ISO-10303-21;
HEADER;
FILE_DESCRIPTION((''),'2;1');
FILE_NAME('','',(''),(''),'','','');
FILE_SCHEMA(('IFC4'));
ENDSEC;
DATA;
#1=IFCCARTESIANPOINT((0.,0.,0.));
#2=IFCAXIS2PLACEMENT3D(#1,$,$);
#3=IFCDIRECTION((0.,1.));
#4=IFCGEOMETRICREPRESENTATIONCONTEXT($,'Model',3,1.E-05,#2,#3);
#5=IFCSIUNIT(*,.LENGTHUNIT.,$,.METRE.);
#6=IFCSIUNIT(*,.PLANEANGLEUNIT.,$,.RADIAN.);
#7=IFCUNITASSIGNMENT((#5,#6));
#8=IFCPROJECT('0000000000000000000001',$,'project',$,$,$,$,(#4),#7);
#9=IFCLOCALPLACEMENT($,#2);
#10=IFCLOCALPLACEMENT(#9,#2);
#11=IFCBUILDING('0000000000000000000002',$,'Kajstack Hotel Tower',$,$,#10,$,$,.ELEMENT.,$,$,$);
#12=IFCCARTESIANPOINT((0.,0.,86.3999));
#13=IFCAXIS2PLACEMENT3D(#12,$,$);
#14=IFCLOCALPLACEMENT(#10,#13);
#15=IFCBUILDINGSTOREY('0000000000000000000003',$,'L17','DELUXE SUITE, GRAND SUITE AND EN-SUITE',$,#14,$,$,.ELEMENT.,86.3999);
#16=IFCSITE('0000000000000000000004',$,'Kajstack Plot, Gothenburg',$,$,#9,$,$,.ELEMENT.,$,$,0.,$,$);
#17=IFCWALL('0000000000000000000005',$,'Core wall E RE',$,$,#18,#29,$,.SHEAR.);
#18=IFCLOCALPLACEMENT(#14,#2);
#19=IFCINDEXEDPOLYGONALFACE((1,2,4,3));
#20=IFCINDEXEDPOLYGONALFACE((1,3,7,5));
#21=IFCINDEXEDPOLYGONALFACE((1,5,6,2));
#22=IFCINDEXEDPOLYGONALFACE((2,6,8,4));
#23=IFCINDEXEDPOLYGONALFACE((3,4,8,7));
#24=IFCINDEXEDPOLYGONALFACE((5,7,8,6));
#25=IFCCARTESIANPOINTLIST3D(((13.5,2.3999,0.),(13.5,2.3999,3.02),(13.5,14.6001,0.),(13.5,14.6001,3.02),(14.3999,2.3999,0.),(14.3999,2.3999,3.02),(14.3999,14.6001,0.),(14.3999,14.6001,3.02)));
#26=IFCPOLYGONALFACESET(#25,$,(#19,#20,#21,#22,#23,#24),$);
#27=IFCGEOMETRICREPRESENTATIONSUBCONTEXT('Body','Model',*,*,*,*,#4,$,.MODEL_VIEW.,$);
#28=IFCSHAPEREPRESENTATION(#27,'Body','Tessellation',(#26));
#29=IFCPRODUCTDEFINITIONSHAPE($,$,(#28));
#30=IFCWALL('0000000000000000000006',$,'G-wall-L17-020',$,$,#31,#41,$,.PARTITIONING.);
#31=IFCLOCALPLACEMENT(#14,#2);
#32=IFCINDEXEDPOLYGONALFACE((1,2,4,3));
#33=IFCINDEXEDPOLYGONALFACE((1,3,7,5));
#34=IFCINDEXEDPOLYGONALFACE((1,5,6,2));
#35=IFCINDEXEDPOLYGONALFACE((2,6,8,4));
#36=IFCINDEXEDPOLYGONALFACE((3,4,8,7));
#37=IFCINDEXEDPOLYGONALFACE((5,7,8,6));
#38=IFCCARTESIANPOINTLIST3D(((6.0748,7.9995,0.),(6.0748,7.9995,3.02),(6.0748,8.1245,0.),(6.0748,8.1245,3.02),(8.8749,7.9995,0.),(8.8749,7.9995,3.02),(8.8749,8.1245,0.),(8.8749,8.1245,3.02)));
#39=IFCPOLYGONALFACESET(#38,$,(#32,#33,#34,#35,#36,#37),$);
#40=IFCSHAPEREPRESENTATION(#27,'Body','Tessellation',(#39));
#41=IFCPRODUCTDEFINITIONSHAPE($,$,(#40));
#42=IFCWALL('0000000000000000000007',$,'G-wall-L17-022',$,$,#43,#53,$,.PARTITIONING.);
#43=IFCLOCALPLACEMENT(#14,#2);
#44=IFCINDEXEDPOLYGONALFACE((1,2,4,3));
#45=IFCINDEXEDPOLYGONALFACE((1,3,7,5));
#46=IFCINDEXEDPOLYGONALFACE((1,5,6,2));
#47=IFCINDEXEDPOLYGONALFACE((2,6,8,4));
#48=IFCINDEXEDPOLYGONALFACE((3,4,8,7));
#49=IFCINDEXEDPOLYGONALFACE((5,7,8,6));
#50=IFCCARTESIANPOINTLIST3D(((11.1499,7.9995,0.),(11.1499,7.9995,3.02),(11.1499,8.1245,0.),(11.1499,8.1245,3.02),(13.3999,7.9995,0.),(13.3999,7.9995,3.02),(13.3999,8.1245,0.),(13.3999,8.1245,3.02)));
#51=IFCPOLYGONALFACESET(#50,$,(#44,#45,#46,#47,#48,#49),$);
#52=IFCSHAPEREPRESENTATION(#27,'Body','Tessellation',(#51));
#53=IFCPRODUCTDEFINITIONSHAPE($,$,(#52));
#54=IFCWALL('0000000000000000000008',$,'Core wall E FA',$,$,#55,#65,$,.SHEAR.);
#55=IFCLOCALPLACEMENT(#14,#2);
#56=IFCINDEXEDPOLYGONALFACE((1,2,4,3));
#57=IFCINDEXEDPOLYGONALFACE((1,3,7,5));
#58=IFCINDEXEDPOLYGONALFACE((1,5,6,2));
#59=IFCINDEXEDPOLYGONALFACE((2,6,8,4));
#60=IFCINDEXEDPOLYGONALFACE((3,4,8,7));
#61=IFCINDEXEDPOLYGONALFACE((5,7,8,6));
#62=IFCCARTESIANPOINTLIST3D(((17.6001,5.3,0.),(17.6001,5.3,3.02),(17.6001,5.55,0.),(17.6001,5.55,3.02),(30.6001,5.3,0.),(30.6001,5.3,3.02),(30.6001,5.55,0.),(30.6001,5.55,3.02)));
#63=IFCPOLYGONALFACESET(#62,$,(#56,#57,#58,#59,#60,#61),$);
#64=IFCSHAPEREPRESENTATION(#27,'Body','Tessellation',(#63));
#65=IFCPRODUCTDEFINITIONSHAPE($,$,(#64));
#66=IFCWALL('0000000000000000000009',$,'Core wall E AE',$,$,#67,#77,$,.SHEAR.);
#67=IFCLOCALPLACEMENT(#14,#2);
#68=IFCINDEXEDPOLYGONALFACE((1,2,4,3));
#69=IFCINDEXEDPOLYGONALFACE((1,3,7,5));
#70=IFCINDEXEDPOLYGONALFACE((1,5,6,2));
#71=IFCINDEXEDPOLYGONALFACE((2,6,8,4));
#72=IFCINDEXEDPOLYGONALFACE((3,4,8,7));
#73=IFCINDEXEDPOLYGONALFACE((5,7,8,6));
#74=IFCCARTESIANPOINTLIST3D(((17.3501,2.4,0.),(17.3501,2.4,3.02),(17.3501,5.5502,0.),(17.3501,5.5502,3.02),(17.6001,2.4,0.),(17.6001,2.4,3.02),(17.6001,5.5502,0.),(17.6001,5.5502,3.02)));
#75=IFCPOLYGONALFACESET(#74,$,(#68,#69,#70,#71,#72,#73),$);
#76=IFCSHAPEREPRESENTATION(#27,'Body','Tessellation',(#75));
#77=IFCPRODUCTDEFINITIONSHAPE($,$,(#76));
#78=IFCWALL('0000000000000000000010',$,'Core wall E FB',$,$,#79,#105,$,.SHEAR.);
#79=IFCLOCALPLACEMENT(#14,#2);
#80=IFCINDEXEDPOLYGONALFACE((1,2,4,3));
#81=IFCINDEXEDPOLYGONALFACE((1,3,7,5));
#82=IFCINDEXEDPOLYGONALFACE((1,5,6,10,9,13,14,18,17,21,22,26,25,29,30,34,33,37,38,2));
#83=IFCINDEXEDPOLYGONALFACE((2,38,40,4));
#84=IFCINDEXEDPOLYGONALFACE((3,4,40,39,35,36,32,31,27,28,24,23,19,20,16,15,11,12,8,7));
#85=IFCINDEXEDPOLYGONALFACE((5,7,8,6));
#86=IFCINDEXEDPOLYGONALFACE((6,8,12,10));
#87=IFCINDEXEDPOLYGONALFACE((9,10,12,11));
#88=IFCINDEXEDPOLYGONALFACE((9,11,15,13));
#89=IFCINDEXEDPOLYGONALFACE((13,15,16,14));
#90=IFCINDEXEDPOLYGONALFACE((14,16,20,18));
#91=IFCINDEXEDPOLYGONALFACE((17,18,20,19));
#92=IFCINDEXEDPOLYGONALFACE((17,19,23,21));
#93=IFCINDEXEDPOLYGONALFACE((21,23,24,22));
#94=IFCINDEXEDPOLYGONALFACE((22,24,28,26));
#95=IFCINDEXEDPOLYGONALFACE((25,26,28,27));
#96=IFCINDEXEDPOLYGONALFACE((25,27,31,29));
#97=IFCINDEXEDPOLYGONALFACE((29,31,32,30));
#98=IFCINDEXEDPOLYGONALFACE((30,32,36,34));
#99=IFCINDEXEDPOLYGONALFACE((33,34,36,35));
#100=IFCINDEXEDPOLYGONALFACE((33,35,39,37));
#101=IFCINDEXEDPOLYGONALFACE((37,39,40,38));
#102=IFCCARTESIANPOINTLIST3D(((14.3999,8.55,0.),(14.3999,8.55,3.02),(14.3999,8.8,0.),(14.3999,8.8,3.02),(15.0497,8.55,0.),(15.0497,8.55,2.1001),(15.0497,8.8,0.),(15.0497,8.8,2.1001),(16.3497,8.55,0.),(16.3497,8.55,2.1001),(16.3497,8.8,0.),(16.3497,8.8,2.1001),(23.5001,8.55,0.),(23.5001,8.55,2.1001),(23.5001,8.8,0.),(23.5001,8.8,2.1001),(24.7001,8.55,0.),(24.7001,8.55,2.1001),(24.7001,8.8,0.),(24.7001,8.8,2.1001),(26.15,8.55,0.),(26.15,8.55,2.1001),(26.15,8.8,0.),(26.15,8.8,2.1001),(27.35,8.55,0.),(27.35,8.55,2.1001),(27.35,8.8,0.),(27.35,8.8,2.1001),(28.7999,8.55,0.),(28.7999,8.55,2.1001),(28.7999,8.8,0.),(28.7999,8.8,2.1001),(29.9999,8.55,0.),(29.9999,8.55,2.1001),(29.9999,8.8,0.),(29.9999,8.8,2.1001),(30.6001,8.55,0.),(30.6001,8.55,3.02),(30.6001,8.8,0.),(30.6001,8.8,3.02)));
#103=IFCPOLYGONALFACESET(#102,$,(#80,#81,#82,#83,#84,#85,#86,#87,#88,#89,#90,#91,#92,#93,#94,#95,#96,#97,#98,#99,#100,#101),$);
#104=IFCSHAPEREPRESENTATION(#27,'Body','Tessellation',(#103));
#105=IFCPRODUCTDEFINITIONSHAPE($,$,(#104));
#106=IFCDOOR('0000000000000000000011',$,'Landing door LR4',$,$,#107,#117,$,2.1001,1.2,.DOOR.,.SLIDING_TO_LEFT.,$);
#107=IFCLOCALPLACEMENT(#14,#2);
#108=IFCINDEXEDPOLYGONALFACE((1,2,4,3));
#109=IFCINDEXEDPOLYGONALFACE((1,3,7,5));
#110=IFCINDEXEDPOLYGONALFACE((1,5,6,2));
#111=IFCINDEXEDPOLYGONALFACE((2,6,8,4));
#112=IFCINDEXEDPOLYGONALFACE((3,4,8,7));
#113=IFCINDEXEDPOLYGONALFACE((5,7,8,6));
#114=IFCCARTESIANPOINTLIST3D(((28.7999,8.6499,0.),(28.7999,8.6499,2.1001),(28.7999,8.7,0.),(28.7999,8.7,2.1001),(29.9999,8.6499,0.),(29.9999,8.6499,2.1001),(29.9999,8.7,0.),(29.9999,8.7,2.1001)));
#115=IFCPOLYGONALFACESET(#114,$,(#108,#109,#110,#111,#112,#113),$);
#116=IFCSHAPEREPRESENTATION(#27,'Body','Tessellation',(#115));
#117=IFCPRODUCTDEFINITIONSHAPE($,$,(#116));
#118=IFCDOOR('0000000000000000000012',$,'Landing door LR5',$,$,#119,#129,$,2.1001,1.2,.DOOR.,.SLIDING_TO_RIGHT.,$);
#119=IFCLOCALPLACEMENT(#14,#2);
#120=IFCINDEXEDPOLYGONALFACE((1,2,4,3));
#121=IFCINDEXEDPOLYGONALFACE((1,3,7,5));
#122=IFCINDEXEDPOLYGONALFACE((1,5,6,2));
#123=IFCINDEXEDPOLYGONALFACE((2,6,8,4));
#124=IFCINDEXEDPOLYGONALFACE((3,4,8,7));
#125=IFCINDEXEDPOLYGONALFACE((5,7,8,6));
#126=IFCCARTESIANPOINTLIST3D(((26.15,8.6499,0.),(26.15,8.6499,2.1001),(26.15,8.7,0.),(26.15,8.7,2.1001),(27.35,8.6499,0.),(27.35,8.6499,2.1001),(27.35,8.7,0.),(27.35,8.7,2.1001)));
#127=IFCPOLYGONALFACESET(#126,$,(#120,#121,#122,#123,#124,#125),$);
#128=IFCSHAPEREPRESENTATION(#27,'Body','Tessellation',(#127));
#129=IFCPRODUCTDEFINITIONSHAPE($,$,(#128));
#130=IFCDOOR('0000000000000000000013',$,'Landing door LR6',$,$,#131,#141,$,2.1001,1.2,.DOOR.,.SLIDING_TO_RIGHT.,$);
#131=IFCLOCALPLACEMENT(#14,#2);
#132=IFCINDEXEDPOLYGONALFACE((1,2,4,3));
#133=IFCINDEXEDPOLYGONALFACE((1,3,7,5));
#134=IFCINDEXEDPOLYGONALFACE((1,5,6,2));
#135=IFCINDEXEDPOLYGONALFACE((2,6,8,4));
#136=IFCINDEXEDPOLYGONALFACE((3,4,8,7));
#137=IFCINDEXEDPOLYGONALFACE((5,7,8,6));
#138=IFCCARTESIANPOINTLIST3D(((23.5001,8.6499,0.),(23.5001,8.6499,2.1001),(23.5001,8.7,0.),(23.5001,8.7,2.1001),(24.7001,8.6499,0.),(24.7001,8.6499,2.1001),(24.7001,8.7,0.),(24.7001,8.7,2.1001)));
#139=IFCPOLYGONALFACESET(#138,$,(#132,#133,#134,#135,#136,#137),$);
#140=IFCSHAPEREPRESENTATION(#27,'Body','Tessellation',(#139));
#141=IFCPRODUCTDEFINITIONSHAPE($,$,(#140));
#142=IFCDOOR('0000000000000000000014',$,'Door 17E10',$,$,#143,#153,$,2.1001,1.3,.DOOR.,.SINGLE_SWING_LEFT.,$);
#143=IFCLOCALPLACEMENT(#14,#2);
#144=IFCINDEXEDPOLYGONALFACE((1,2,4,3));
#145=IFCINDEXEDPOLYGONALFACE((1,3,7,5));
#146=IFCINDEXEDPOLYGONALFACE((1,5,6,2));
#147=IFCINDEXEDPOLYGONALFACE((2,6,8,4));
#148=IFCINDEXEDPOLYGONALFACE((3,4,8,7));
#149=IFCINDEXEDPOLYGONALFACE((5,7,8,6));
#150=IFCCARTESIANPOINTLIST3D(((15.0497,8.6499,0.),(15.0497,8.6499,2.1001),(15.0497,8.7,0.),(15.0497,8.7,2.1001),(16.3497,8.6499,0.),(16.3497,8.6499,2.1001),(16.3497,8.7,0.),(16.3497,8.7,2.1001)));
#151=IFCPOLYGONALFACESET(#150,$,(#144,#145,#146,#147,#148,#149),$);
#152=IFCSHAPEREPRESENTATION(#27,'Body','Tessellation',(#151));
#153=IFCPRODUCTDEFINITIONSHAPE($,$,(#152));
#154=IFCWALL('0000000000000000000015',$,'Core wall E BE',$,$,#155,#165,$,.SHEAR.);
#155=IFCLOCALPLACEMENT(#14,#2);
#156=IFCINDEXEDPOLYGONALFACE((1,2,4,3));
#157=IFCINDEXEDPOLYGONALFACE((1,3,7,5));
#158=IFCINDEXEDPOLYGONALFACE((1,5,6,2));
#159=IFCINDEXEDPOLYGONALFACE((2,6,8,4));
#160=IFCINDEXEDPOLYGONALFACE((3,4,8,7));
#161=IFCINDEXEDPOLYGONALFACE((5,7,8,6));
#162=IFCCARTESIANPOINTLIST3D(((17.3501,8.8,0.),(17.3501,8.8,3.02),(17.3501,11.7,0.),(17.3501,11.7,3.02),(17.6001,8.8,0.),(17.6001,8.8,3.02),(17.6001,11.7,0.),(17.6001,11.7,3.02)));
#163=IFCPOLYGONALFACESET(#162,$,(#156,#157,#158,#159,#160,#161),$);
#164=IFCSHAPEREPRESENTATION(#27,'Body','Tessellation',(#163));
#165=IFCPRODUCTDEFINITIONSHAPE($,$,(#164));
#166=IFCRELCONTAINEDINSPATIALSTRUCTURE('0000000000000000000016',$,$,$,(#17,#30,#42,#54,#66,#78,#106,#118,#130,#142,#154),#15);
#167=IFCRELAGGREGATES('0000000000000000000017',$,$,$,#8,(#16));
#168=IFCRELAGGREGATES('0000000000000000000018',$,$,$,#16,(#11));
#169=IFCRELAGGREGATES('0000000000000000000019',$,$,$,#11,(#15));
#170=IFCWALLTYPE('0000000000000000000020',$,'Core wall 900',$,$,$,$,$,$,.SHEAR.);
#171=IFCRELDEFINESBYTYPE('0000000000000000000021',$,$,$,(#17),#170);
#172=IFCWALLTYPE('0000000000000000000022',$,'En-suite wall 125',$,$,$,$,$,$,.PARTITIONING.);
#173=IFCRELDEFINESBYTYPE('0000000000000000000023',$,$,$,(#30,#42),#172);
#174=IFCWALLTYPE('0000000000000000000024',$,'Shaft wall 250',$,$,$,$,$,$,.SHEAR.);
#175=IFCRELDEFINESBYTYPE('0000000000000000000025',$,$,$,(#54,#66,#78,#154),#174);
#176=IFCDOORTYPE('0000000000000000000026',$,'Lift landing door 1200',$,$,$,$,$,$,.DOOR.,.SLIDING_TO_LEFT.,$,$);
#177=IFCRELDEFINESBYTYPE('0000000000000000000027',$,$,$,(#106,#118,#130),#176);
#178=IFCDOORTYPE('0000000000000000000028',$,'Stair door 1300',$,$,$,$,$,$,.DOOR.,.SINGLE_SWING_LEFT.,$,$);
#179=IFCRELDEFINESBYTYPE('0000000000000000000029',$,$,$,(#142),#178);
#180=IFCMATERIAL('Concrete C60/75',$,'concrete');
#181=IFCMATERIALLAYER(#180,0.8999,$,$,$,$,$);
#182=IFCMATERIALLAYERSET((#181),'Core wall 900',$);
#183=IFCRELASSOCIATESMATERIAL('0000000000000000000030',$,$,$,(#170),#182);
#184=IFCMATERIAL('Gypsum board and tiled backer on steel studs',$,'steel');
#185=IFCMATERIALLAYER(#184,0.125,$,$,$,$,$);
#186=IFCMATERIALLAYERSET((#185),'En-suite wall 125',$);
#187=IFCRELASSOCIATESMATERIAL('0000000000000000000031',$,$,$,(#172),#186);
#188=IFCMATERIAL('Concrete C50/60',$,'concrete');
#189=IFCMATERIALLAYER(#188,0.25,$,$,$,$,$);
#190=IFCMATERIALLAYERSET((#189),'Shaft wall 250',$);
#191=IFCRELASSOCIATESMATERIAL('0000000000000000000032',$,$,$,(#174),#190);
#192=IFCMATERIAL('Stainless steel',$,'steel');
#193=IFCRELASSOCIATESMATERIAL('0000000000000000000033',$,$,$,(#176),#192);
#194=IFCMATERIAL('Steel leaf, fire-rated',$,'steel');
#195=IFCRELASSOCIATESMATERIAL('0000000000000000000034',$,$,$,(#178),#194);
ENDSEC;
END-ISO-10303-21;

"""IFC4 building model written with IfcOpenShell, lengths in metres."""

from ifc_helpers import new_model, si_unit, direction, frame, frame_2d, origin, place, context, subcontext, project, spatial, rectangle, extrude, material, layer, layer_set, type_object, element, fill, save


model = new_model("IFC4")

# Units and contexts
model_context = context("Model", 3, precision=1e-05, world=origin(), true_north=direction((0.0, 1.0)))
body_context = subcontext(model_context, "Body", "Model", "MODEL_VIEW")
ifc_project = project(units=[si_unit("LENGTHUNIT", "METRE"), si_unit("PLANEANGLEUNIT", "RADIAN")], contexts=[model_context])

# Site, building, storey
site_placement = place(None, origin())
site = spatial("IfcSite", under=ifc_project, at=site_placement, Name="Kajstack Plot, Gothenburg", CompositionType="ELEMENT", RefElevation=0.0)
building_placement = place(site_placement, origin())
building = spatial("IfcBuilding", under=site, at=building_placement, Name="Kajstack Hotel Tower", CompositionType="ELEMENT")
storey_placement = place(building_placement, frame((0.0, 0.0, 86.3999)))
storey = spatial("IfcBuildingStorey", under=building, at=storey_placement, Name="L17", Description="DELUXE SUITE, GRAND SUITE AND EN-SUITE", CompositionType="ELEMENT", Elevation=86.3999)

# Walls
ifc_material_1 = material(Name="Concrete C60/75", Category="concrete")
ifc_layer_1 = layer(ifc_material_1, 0.8999)
ifc_layer_set_1 = layer_set([ifc_layer_1], Name="Core wall 900")
wall_type_1 = type_object("IfcWallType", Name="Core wall 900", PredefinedType="SHEAR", material=ifc_layer_set_1)
wall_1_placement = place(storey_placement, frame((13.95, 2.3999, 0.0), z_axis=(0.0, 0.0, 1.0), x_axis=(0.0, 1.0, 0.0)))
element("IfcWall", 1, at=wall_1_placement, inside=storey, type_object=wall_type_1, Name="Core wall E RE", PredefinedType="SHEAR", context=body_context, shape_type="SweptSolid", body=[
    extrude(rectangle(XDim=12.2002, YDim=0.8999, at=frame_2d((6.1001, 0.0))), origin(), (0.0, 0.0, 1.0), 3.02),
])
ifc_material_2 = material(Name="Gypsum board and tiled backer on steel studs", Category="steel")
ifc_layer_2 = layer(ifc_material_2, 0.125)
ifc_layer_set_2 = layer_set([ifc_layer_2], Name="En-suite wall 125")
wall_type_2 = type_object("IfcWallType", Name="En-suite wall 125", PredefinedType="PARTITIONING", material=ifc_layer_set_2)
wall_2_placement = place(storey_placement, frame((6.075, 8.062, 0.0), z_axis=(0.0, 0.0, 1.0), x_axis=(1.0, 0.0, 0.0)))
element("IfcWall", 2, at=wall_2_placement, inside=storey, type_object=wall_type_2, Name="G-wall-L17-020", PredefinedType="PARTITIONING", context=body_context, shape_type="SweptSolid", body=[
    extrude(rectangle(XDim=2.8, YDim=0.125, at=frame_2d((1.3999, 0.0))), origin(), (0.0, 0.0, 1.0), 3.02),
])
wall_3_placement = place(storey_placement, frame((11.1499, 8.062, 0.0), z_axis=(0.0, 0.0, 1.0), x_axis=(1.0, 0.0, 0.0)))
element("IfcWall", 3, at=wall_3_placement, inside=storey, type_object=wall_type_2, Name="G-wall-L17-022", PredefinedType="PARTITIONING", context=body_context, shape_type="SweptSolid", body=[
    extrude(rectangle(XDim=2.25, YDim=0.125, at=frame_2d((1.125, 0.0))), origin(), (0.0, 0.0, 1.0), 3.02),
])
ifc_material_3 = material(Name="Concrete C50/60", Category="concrete")
ifc_layer_3 = layer(ifc_material_3, 0.25)
ifc_layer_set_3 = layer_set([ifc_layer_3], Name="Shaft wall 250")
wall_type_3 = type_object("IfcWallType", Name="Shaft wall 250", PredefinedType="SHEAR", material=ifc_layer_set_3)
wall_4_placement = place(storey_placement, frame((17.6001, 5.425, 0.0), z_axis=(0.0, 0.0, 1.0), x_axis=(1.0, 0.0, 0.0)))
element("IfcWall", 4, at=wall_4_placement, inside=storey, type_object=wall_type_3, Name="Core wall E FA", PredefinedType="SHEAR", context=body_context, shape_type="SweptSolid", body=[
    extrude(rectangle(XDim=13.0, YDim=0.25, at=frame_2d((6.5, 0.0))), origin(), (0.0, 0.0, 1.0), 3.02),
])
wall_5_placement = place(storey_placement, frame((17.4751, 2.3999, 0.0), z_axis=(0.0, 0.0, 1.0), x_axis=(0.0, 1.0, 0.0)))
element("IfcWall", 5, at=wall_5_placement, inside=storey, type_object=wall_type_3, Name="Core wall E AE", PredefinedType="SHEAR", context=body_context, shape_type="SweptSolid", body=[
    extrude(rectangle(XDim=3.1501, YDim=0.25, at=frame_2d((1.5752, 0.0))), origin(), (0.0, 0.0, 1.0), 3.02),
])

# Wall, openings, doors
wall_6_placement = place(storey_placement, frame((14.3999, 8.675, 0.0), z_axis=(0.0, 0.0, 1.0), x_axis=(1.0, 0.0, 0.0)))
wall_6 = element("IfcWall", 6, at=wall_6_placement, inside=storey, type_object=wall_type_3, Name="Core wall E FB", PredefinedType="SHEAR", context=body_context, shape_type="SweptSolid", body=[
    extrude(rectangle(XDim=16.2002, YDim=0.25, at=frame_2d((8.1001, 0.0))), origin(), (0.0, 0.0, 1.0), 3.02),
])
opening_1_placement = place(wall_6_placement, frame((14.3999, 0.0, 0.0)))
opening_1 = element("IfcOpeningElement", 7, at=opening_1_placement, cuts=wall_6, PredefinedType="OPENING", context=body_context, shape_type="SweptSolid", body=[
    extrude(rectangle(XDim=1.2, YDim=2.1001, at=frame_2d((0.6001, 1.05))), frame((0.0, 0.135, 0.0), z_axis=(0.0, -1.0, 0.0), x_axis=(1.0, 0.0, 0.0)), (0.0, 0.0, 1.0), 0.27),
])
opening_2_placement = place(wall_6_placement, frame((11.75, 0.0, 0.0)))
opening_2 = element("IfcOpeningElement", 8, at=opening_2_placement, cuts=wall_6, PredefinedType="OPENING", context=body_context, shape_type="SweptSolid", body=[
    extrude(rectangle(XDim=1.2, YDim=2.1001, at=frame_2d((0.6001, 1.05))), frame((0.0, 0.135, 0.0), z_axis=(0.0, -1.0, 0.0), x_axis=(1.0, 0.0, 0.0)), (0.0, 0.0, 1.0), 0.27),
])
opening_3_placement = place(wall_6_placement, frame((9.1001, 0.0, 0.0)))
opening_3 = element("IfcOpeningElement", 9, at=opening_3_placement, cuts=wall_6, PredefinedType="OPENING", context=body_context, shape_type="SweptSolid", body=[
    extrude(rectangle(XDim=1.2, YDim=2.1001, at=frame_2d((0.6001, 1.05))), frame((0.0, 0.135, 0.0), z_axis=(0.0, -1.0, 0.0), x_axis=(1.0, 0.0, 0.0)), (0.0, 0.0, 1.0), 0.27),
])
opening_4_placement = place(wall_6_placement, frame((0.6499, 0.0, 0.0)))
opening_4 = element("IfcOpeningElement", 10, at=opening_4_placement, cuts=wall_6, PredefinedType="OPENING", context=body_context, shape_type="SweptSolid", body=[
    extrude(rectangle(XDim=1.3, YDim=2.1001, at=frame_2d((0.6499, 1.05))), frame((0.0, 0.135, 0.0), z_axis=(0.0, -1.0, 0.0), x_axis=(1.0, 0.0, 0.0)), (0.0, 0.0, 1.0), 0.27),
])
ifc_material_4 = material(Name="Stainless steel", Category="steel")
door_type_1 = type_object("IfcDoorType", Name="Lift landing door 1200", OperationType="SLIDING_TO_LEFT", PredefinedType="DOOR", material=ifc_material_4)
door_1_placement = place(opening_1_placement, origin())
door_1 = element("IfcDoor", 11, at=door_1_placement, inside=storey, type_object=door_type_1, Name="Landing door LR4", OperationType="SLIDING_TO_LEFT", OverallHeight=2.1001, OverallWidth=1.2, PredefinedType="DOOR", context=body_context, shape_type="SweptSolid", body=[
    extrude(rectangle(XDim=1.2, YDim=2.1001, at=frame_2d((0.6001, 1.05))), frame((0.0, 0.0249, 0.0), z_axis=(0.0, -1.0, 0.0), x_axis=(1.0, 0.0, 0.0)), (0.0, 0.0, 1.0), 0.05),
])
fill(opening_1, door_1)
door_2_placement = place(opening_2_placement, origin())
door_2 = element("IfcDoor", 12, at=door_2_placement, inside=storey, type_object=door_type_1, Name="Landing door LR5", OperationType="SLIDING_TO_RIGHT", OverallHeight=2.1001, OverallWidth=1.2, PredefinedType="DOOR", context=body_context, shape_type="SweptSolid", body=[
    extrude(rectangle(XDim=1.2, YDim=2.1001, at=frame_2d((0.6001, 1.05))), frame((0.0, 0.0249, 0.0), z_axis=(0.0, -1.0, 0.0), x_axis=(1.0, 0.0, 0.0)), (0.0, 0.0, 1.0), 0.05),
])
fill(opening_2, door_2)
door_3_placement = place(opening_3_placement, origin())
door_3 = element("IfcDoor", 13, at=door_3_placement, inside=storey, type_object=door_type_1, Name="Landing door LR6", OperationType="SLIDING_TO_RIGHT", OverallHeight=2.1001, OverallWidth=1.2, PredefinedType="DOOR", context=body_context, shape_type="SweptSolid", body=[
    extrude(rectangle(XDim=1.2, YDim=2.1001, at=frame_2d((0.6001, 1.05))), frame((0.0, 0.0249, 0.0), z_axis=(0.0, -1.0, 0.0), x_axis=(1.0, 0.0, 0.0)), (0.0, 0.0, 1.0), 0.05),
])
fill(opening_3, door_3)
ifc_material_5 = material(Name="Steel leaf, fire-rated", Category="steel")
door_type_2 = type_object("IfcDoorType", Name="Stair door 1300", OperationType="SINGLE_SWING_LEFT", PredefinedType="DOOR", material=ifc_material_5)
door_4_placement = place(opening_4_placement, origin())
door_4 = element("IfcDoor", 14, at=door_4_placement, inside=storey, type_object=door_type_2, Name="Door 17E10", OperationType="SINGLE_SWING_LEFT", OverallHeight=2.1001, OverallWidth=1.3, PredefinedType="DOOR", context=body_context, shape_type="SweptSolid", body=[
    extrude(rectangle(XDim=1.3, YDim=2.1001, at=frame_2d((0.6499, 1.05))), frame((0.0, 0.0249, 0.0), z_axis=(0.0, -1.0, 0.0), x_axis=(1.0, 0.0, 0.0)), (0.0, 0.0, 1.0), 0.05),
])
fill(opening_4, door_4)

# Wall
wall_7_placement = place(storey_placement, frame((17.4751, 8.8, 0.0), z_axis=(0.0, 0.0, 1.0), x_axis=(0.0, 1.0, 0.0)))
element("IfcWall", 15, at=wall_7_placement, inside=storey, type_object=wall_type_3, Name="Core wall E BE", PredefinedType="SHEAR", context=body_context, shape_type="SweptSolid", body=[
    extrude(rectangle(XDim=2.8999, YDim=0.25, at=frame_2d((1.45, 0.0))), origin(), (0.0, 0.0, 1.0), 3.02),
])

save(model, "model.ifc")
